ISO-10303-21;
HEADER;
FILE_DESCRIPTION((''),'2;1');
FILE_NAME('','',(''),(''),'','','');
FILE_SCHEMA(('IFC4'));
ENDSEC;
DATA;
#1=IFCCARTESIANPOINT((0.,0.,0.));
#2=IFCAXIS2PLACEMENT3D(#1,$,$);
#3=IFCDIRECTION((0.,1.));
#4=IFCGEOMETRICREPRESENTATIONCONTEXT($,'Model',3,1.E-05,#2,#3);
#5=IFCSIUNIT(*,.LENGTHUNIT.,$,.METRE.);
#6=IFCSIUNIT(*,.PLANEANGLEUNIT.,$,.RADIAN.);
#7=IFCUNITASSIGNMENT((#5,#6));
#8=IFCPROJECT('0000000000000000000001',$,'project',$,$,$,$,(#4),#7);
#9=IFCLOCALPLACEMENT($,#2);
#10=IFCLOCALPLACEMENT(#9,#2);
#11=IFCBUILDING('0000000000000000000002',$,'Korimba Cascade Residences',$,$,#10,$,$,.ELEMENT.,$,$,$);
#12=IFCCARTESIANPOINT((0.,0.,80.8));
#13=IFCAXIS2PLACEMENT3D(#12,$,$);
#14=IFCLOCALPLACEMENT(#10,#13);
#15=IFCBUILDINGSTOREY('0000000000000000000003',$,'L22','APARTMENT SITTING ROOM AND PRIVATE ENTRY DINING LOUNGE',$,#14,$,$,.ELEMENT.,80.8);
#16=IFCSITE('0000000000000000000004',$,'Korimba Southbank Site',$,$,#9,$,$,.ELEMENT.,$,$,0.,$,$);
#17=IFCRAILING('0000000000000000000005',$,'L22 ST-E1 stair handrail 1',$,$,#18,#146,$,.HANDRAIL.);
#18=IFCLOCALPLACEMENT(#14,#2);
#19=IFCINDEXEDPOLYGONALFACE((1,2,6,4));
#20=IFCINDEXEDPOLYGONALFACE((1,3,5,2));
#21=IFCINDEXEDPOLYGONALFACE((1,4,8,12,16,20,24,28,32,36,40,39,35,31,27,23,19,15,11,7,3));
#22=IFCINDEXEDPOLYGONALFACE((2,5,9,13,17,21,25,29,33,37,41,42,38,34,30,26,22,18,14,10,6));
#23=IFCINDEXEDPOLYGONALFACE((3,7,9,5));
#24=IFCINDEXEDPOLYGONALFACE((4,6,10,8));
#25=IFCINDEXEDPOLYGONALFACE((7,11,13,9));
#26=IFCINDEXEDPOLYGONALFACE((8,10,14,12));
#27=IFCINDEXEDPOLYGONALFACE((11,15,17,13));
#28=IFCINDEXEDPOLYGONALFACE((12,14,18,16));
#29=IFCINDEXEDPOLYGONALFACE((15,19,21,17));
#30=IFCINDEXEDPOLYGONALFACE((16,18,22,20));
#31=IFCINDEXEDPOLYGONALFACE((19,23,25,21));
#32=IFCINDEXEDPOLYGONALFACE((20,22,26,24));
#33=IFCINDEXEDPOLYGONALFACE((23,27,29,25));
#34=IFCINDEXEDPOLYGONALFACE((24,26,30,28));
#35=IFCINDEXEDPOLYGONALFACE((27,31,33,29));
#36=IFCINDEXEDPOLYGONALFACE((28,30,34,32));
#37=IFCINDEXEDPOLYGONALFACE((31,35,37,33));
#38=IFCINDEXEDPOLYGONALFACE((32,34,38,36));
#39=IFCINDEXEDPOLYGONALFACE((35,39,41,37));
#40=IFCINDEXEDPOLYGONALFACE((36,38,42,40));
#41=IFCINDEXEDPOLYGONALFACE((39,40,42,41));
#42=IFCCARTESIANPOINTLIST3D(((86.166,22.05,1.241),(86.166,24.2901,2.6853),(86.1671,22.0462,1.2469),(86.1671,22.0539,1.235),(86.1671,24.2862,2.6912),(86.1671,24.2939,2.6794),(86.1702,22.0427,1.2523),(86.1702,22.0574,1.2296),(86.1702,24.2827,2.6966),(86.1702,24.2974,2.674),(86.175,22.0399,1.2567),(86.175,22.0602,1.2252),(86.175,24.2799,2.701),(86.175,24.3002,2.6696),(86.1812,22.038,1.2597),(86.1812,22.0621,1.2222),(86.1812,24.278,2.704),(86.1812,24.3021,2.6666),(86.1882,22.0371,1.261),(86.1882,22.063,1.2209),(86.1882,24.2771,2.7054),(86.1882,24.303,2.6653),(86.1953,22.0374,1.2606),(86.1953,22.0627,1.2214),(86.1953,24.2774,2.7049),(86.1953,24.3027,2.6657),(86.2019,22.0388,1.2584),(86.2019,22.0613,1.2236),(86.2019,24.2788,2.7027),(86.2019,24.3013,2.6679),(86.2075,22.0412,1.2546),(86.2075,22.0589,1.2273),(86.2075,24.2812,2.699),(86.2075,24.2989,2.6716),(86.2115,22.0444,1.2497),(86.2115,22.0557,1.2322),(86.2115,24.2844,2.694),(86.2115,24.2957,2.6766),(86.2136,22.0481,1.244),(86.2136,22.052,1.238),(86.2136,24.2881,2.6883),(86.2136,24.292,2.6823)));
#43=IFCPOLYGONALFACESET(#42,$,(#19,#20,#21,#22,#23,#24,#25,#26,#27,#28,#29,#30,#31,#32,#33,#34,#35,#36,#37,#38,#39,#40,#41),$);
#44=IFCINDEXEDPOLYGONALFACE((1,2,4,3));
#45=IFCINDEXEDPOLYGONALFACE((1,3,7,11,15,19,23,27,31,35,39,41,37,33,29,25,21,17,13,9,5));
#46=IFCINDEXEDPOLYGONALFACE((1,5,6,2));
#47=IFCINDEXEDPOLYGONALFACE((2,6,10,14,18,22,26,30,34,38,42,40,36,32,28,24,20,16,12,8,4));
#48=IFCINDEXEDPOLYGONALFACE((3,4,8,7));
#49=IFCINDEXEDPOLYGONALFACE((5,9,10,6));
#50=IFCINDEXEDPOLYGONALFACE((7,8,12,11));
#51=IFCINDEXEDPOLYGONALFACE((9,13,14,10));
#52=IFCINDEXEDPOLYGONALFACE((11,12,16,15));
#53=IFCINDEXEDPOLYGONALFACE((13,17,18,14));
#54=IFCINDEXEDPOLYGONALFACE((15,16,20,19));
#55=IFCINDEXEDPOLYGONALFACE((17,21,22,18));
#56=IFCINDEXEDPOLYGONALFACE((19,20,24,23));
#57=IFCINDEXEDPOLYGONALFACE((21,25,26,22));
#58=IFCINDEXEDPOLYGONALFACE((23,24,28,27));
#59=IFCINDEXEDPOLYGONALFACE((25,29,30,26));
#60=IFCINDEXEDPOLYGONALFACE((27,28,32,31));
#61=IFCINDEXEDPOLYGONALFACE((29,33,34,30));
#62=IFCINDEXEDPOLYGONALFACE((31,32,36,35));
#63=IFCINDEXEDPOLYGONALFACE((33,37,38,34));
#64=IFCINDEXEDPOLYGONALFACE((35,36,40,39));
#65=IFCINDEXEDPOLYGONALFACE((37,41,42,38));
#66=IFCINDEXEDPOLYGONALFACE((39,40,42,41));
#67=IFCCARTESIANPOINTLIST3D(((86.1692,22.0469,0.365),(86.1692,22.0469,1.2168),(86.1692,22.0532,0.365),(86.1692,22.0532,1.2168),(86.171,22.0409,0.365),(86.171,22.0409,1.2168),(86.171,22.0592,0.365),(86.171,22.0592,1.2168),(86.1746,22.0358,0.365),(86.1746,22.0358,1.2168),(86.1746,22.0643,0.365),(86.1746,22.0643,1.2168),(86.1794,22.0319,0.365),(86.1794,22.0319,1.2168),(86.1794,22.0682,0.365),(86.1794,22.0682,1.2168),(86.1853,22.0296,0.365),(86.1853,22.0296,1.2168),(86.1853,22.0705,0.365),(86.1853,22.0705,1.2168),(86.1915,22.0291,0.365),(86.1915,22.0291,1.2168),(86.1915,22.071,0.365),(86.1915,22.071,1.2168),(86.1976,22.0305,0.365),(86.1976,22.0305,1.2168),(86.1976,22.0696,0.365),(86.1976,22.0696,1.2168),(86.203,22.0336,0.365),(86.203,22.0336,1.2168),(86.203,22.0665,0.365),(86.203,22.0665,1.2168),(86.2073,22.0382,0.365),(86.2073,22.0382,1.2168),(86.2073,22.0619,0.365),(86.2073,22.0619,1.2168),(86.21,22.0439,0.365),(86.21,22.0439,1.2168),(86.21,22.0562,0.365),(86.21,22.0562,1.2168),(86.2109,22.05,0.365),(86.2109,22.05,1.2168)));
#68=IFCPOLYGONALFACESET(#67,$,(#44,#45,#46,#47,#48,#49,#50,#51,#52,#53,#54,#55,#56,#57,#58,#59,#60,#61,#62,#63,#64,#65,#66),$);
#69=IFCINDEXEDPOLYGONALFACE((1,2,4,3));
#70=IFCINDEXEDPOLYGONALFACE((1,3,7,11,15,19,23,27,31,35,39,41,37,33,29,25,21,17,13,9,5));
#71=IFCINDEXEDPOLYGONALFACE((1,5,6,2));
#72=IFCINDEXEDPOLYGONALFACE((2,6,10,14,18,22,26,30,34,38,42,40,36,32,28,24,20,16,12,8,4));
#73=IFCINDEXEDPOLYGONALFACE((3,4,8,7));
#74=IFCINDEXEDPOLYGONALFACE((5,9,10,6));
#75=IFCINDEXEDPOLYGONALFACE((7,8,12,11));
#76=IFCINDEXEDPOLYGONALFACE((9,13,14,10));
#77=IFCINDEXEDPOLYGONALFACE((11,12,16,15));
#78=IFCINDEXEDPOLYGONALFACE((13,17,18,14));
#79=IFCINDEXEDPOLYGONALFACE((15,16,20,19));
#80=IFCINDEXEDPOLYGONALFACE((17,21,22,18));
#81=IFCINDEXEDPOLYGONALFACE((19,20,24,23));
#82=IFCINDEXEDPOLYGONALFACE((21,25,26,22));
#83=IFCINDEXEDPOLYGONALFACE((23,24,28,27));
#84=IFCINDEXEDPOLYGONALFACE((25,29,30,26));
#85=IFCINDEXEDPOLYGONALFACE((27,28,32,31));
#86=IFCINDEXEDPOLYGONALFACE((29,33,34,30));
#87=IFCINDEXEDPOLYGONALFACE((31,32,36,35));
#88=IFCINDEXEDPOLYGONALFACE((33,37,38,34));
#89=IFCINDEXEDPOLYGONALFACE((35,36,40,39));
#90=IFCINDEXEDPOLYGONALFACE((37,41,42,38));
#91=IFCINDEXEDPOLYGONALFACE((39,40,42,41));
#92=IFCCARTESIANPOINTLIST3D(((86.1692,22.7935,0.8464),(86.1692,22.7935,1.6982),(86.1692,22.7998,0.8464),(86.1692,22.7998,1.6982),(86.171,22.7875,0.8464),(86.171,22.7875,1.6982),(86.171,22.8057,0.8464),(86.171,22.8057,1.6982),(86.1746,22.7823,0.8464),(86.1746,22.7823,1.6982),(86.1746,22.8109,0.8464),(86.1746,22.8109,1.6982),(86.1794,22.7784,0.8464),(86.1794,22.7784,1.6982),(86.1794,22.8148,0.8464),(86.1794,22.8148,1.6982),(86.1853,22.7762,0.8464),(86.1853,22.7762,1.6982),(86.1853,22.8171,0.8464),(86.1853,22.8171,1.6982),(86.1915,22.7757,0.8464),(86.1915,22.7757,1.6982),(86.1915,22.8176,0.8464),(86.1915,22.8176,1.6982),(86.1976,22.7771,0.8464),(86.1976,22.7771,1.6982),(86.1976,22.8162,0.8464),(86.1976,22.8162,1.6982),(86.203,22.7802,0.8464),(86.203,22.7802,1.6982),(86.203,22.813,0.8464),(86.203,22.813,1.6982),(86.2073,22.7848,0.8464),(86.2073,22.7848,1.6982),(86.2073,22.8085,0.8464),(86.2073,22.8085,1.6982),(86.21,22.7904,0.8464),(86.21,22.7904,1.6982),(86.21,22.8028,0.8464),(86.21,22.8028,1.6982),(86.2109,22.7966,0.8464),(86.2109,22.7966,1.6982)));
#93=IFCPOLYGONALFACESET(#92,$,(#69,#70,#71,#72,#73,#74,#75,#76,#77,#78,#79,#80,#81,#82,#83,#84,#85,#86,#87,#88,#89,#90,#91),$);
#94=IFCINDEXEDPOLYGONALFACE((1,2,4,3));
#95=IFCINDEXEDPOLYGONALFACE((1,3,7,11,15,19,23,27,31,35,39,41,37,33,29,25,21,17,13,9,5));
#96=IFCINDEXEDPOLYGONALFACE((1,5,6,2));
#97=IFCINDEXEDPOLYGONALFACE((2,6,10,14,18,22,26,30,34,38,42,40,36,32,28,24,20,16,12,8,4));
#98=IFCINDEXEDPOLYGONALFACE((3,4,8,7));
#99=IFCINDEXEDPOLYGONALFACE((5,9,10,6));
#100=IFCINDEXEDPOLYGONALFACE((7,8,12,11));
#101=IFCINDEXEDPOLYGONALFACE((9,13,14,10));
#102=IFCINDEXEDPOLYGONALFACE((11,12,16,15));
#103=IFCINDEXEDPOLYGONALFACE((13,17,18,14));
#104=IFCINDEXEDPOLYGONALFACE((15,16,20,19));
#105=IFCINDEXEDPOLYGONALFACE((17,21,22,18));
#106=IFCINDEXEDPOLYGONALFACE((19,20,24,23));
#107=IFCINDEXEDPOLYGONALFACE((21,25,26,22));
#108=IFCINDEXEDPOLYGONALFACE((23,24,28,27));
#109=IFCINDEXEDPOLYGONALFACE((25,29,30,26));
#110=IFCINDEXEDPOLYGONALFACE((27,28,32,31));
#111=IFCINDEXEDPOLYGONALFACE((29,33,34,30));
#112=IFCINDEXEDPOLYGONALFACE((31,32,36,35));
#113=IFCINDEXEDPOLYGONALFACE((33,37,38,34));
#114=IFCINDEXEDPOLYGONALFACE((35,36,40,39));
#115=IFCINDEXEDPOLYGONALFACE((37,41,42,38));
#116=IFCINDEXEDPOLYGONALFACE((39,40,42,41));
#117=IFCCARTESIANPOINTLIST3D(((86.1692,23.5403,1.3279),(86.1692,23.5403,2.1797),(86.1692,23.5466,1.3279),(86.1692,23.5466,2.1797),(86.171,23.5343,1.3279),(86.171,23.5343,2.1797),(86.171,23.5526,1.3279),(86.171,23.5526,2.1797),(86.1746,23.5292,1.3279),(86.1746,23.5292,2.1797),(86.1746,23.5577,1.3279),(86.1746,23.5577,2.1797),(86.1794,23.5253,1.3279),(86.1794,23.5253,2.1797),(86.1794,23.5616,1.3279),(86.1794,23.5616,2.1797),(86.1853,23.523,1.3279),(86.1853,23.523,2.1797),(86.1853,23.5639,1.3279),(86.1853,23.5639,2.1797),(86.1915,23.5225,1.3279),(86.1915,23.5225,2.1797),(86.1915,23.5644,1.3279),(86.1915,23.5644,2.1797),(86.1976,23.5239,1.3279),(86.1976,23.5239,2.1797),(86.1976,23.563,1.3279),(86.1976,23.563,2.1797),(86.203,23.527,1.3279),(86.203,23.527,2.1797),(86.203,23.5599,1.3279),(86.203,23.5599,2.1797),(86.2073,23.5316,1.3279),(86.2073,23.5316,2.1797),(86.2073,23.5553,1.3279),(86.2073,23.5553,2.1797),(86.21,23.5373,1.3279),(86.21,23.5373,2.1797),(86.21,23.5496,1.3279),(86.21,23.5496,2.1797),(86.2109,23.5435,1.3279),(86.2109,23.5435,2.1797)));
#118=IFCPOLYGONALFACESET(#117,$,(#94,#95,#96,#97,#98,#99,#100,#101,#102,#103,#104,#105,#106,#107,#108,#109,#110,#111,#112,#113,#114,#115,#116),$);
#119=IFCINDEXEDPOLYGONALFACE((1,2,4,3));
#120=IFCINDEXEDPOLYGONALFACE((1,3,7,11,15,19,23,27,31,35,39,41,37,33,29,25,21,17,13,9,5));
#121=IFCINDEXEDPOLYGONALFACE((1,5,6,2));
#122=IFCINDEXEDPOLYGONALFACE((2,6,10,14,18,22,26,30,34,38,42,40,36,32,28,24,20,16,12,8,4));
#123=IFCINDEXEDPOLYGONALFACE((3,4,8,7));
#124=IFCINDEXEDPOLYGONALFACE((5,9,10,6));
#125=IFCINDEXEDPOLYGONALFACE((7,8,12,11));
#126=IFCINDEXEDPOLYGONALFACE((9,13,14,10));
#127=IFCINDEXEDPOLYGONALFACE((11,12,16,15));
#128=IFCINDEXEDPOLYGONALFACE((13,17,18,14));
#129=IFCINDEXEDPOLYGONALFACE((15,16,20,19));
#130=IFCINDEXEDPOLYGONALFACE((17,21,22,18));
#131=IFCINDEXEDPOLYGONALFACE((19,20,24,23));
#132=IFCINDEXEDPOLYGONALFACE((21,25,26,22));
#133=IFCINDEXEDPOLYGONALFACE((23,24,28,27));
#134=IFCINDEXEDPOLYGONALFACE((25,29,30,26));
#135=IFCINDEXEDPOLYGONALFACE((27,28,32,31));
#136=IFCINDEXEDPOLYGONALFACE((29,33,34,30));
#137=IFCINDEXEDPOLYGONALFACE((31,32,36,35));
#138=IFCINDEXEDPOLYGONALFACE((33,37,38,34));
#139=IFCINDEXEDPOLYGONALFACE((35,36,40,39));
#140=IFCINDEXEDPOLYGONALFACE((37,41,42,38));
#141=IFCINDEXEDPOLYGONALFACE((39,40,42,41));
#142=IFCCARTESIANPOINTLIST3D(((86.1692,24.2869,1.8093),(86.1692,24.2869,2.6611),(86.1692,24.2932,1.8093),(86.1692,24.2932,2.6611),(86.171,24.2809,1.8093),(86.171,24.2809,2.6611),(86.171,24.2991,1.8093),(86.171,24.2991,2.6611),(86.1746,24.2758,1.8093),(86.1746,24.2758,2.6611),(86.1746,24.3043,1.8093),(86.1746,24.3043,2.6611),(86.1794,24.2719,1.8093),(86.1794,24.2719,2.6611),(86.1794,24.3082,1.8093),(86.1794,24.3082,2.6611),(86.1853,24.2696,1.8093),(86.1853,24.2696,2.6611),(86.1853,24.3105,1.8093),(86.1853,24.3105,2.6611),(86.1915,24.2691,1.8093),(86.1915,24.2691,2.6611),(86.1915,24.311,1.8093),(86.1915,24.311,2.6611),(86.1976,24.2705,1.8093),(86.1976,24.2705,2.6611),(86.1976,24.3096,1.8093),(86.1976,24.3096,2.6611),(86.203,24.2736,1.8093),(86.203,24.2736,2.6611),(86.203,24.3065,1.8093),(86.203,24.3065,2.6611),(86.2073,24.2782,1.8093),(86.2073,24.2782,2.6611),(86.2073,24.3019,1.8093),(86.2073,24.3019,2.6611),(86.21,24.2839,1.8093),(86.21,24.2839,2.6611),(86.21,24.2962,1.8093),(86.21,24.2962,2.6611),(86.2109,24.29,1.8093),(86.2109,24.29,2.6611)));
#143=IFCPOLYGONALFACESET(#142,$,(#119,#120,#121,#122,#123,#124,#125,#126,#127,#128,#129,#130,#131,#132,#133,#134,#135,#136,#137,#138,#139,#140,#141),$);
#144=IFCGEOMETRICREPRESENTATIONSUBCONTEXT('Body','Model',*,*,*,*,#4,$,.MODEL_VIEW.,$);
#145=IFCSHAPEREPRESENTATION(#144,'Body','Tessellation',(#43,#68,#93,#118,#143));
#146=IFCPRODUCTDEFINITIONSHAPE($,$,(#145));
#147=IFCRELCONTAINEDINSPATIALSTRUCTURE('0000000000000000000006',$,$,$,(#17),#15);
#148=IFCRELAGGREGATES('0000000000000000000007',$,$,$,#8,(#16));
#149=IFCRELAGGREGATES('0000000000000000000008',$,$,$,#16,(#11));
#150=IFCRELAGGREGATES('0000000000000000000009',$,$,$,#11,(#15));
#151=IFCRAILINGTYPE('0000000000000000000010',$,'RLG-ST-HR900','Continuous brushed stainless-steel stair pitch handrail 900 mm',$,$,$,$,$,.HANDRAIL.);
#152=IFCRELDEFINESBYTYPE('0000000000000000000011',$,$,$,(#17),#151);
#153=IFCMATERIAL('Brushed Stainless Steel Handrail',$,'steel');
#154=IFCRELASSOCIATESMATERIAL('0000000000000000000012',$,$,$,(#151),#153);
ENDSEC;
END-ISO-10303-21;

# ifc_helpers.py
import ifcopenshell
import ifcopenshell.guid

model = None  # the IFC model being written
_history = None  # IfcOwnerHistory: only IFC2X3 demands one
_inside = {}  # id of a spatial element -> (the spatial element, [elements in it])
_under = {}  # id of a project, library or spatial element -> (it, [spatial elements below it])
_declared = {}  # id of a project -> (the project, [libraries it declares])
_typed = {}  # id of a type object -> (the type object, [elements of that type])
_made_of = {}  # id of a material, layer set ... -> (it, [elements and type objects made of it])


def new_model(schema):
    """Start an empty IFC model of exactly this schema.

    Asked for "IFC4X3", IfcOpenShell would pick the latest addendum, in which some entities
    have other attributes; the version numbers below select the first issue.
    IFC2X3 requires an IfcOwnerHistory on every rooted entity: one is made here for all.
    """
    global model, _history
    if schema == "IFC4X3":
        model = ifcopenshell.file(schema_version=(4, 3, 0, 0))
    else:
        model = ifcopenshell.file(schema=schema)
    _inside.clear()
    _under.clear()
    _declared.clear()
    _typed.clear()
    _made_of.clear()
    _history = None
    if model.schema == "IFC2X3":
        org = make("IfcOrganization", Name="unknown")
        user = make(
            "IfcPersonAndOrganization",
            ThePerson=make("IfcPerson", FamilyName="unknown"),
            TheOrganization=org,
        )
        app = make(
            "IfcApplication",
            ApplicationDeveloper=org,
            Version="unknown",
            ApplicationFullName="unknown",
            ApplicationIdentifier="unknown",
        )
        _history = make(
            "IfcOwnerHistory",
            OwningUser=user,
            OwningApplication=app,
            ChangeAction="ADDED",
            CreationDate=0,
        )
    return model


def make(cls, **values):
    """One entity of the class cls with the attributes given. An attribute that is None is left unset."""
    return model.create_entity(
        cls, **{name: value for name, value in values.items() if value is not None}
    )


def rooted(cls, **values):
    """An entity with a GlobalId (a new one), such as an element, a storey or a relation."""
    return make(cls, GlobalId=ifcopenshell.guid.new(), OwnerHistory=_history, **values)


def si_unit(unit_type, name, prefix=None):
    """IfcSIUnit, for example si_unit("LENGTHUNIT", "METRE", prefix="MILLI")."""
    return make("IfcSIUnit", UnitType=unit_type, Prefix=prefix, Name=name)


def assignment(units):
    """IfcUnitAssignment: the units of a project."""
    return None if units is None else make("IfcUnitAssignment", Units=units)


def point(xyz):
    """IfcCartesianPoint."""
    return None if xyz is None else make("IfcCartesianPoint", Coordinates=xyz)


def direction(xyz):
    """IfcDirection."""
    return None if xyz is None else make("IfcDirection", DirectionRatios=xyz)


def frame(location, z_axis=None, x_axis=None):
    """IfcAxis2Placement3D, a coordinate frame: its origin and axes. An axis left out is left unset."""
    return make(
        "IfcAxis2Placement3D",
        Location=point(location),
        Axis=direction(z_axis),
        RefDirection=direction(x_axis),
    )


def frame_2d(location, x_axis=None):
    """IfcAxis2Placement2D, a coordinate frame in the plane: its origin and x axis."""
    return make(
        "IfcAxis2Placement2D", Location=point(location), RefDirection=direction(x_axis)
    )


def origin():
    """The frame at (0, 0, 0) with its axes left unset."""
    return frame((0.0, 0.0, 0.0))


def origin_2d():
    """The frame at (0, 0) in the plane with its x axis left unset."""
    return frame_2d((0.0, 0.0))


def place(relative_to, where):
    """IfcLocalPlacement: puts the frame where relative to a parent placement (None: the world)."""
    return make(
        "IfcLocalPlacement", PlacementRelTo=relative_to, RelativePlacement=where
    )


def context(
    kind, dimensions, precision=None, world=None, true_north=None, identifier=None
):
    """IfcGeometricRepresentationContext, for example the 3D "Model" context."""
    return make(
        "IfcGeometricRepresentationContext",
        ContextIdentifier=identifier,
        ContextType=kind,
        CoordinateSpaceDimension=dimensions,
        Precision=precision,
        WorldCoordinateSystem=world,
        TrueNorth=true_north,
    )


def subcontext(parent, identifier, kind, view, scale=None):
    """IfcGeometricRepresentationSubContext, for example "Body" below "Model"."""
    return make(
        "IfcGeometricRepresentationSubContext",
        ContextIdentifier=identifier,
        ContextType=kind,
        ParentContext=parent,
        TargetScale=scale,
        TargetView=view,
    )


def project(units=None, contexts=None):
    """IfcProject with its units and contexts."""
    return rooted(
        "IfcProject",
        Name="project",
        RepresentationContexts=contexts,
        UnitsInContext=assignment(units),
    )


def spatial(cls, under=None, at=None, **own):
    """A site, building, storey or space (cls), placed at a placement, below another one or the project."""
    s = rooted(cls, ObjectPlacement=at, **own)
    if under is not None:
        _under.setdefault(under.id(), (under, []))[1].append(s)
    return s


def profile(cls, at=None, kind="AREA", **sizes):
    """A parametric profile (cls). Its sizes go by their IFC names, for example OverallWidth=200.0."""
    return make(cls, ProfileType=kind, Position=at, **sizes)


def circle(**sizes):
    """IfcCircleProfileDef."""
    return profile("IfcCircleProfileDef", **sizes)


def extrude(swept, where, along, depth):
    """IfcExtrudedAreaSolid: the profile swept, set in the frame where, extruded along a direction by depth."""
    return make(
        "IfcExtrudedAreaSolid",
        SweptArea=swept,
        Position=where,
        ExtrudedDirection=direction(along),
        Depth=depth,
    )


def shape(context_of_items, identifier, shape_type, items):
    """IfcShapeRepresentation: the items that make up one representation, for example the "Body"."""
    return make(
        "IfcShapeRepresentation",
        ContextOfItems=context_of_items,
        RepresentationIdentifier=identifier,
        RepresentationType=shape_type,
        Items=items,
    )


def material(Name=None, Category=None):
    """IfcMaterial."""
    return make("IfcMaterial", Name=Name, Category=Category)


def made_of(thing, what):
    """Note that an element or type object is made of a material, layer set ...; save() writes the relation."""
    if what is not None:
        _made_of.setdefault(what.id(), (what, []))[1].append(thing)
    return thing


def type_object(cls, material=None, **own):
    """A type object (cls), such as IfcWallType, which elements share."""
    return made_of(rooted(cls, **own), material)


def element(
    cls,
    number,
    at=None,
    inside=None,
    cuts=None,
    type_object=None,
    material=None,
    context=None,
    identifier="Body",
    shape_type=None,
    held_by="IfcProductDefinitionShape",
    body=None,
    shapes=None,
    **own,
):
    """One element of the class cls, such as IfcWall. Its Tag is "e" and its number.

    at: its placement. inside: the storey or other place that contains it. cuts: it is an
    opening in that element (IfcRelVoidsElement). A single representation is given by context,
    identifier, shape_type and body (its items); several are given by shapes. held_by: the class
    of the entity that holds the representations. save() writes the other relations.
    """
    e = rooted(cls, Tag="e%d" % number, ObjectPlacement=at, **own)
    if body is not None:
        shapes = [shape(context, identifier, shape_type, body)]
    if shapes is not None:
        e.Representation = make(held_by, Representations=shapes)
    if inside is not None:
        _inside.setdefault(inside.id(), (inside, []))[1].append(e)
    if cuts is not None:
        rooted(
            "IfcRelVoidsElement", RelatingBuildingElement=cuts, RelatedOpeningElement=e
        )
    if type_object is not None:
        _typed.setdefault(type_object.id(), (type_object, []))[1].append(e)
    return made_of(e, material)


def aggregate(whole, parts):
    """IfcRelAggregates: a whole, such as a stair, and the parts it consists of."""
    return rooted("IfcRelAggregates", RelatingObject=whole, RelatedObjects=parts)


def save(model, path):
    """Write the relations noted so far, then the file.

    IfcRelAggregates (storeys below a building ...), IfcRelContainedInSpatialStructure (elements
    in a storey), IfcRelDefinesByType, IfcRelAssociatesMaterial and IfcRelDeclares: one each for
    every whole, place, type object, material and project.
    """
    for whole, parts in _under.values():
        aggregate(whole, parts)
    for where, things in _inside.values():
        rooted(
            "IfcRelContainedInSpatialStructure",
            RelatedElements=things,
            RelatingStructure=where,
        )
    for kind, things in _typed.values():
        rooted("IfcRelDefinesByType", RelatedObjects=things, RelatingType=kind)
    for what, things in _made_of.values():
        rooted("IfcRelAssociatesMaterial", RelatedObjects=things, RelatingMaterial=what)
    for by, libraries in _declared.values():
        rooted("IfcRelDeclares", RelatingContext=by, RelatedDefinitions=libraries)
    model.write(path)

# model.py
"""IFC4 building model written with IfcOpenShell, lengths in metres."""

from ifc_helpers import new_model, si_unit, direction, frame, origin, origin_2d, place, context, subcontext, project, spatial, circle, extrude, material, type_object, element, save


model = new_model("IFC4")

# Units and contexts
model_context = context("Model", 3, precision=1e-05, world=origin(), true_north=direction((0.0, 1.0)))
body_context = subcontext(model_context, "Body", "Model", "MODEL_VIEW")
ifc_project = project(units=[si_unit("LENGTHUNIT", "METRE"), si_unit("PLANEANGLEUNIT", "RADIAN")], contexts=[model_context])

# Site, building, storey
site_placement = place(None, origin())
site = spatial("IfcSite", under=ifc_project, at=site_placement, Name="Korimba Southbank Site", CompositionType="ELEMENT", RefElevation=0.0)
building_placement = place(site_placement, origin())
building = spatial("IfcBuilding", under=site, at=building_placement, Name="Korimba Cascade Residences", CompositionType="ELEMENT")
storey_placement = place(building_placement, frame((0.0, 0.0, 80.8)))
storey = spatial("IfcBuildingStorey", under=building, at=storey_placement, Name="L22", Description="APARTMENT SITTING ROOM AND PRIVATE ENTRY DINING LOUNGE", CompositionType="ELEMENT", Elevation=80.8)

# Railing
ifc_material_1 = material(Name="Brushed Stainless Steel Handrail", Category="steel")
railing_type = type_object("IfcRailingType", Name="RLG-ST-HR900", Description="Continuous brushed stainless-steel stair pitch handrail 900 mm", PredefinedType="HANDRAIL", material=ifc_material_1)
railing_placement = place(storey_placement, frame((86.1899, 22.05, 0.365)))
element("IfcRailing", 1, at=railing_placement, inside=storey, type_object=railing_type, Name="L22 ST-E1 stair handrail 1", PredefinedType="HANDRAIL", context=body_context, shape_type="SweptSolid", body=[
    extrude(circle(Radius=0.0239, at=origin_2d()), frame((0.0, 0.0, 0.876), z_axis=(0.0, 0.840437, 0.54191), x_axis=(-1.0, 0.0, 0.0)), (0.0, 0.0, 1.0), 2.6653),
    extrude(circle(Radius=0.021, at=origin_2d()), origin(), (0.0, 0.0, 1.0), 0.8518),
    extrude(circle(Radius=0.021, at=origin_2d()), frame((0.0, 0.7466, 0.4814)), (0.0, 0.0, 1.0), 0.8518),
    extrude(circle(Radius=0.021, at=origin_2d()), frame((0.0, 1.4934, 0.9629)), (0.0, 0.0, 1.0), 0.8518),
    extrude(circle(Radius=0.021, at=origin_2d()), frame((0.0, 2.24, 1.4443)), (0.0, 0.0, 1.0), 0.8518),
])

save(model, "model.ifc")
